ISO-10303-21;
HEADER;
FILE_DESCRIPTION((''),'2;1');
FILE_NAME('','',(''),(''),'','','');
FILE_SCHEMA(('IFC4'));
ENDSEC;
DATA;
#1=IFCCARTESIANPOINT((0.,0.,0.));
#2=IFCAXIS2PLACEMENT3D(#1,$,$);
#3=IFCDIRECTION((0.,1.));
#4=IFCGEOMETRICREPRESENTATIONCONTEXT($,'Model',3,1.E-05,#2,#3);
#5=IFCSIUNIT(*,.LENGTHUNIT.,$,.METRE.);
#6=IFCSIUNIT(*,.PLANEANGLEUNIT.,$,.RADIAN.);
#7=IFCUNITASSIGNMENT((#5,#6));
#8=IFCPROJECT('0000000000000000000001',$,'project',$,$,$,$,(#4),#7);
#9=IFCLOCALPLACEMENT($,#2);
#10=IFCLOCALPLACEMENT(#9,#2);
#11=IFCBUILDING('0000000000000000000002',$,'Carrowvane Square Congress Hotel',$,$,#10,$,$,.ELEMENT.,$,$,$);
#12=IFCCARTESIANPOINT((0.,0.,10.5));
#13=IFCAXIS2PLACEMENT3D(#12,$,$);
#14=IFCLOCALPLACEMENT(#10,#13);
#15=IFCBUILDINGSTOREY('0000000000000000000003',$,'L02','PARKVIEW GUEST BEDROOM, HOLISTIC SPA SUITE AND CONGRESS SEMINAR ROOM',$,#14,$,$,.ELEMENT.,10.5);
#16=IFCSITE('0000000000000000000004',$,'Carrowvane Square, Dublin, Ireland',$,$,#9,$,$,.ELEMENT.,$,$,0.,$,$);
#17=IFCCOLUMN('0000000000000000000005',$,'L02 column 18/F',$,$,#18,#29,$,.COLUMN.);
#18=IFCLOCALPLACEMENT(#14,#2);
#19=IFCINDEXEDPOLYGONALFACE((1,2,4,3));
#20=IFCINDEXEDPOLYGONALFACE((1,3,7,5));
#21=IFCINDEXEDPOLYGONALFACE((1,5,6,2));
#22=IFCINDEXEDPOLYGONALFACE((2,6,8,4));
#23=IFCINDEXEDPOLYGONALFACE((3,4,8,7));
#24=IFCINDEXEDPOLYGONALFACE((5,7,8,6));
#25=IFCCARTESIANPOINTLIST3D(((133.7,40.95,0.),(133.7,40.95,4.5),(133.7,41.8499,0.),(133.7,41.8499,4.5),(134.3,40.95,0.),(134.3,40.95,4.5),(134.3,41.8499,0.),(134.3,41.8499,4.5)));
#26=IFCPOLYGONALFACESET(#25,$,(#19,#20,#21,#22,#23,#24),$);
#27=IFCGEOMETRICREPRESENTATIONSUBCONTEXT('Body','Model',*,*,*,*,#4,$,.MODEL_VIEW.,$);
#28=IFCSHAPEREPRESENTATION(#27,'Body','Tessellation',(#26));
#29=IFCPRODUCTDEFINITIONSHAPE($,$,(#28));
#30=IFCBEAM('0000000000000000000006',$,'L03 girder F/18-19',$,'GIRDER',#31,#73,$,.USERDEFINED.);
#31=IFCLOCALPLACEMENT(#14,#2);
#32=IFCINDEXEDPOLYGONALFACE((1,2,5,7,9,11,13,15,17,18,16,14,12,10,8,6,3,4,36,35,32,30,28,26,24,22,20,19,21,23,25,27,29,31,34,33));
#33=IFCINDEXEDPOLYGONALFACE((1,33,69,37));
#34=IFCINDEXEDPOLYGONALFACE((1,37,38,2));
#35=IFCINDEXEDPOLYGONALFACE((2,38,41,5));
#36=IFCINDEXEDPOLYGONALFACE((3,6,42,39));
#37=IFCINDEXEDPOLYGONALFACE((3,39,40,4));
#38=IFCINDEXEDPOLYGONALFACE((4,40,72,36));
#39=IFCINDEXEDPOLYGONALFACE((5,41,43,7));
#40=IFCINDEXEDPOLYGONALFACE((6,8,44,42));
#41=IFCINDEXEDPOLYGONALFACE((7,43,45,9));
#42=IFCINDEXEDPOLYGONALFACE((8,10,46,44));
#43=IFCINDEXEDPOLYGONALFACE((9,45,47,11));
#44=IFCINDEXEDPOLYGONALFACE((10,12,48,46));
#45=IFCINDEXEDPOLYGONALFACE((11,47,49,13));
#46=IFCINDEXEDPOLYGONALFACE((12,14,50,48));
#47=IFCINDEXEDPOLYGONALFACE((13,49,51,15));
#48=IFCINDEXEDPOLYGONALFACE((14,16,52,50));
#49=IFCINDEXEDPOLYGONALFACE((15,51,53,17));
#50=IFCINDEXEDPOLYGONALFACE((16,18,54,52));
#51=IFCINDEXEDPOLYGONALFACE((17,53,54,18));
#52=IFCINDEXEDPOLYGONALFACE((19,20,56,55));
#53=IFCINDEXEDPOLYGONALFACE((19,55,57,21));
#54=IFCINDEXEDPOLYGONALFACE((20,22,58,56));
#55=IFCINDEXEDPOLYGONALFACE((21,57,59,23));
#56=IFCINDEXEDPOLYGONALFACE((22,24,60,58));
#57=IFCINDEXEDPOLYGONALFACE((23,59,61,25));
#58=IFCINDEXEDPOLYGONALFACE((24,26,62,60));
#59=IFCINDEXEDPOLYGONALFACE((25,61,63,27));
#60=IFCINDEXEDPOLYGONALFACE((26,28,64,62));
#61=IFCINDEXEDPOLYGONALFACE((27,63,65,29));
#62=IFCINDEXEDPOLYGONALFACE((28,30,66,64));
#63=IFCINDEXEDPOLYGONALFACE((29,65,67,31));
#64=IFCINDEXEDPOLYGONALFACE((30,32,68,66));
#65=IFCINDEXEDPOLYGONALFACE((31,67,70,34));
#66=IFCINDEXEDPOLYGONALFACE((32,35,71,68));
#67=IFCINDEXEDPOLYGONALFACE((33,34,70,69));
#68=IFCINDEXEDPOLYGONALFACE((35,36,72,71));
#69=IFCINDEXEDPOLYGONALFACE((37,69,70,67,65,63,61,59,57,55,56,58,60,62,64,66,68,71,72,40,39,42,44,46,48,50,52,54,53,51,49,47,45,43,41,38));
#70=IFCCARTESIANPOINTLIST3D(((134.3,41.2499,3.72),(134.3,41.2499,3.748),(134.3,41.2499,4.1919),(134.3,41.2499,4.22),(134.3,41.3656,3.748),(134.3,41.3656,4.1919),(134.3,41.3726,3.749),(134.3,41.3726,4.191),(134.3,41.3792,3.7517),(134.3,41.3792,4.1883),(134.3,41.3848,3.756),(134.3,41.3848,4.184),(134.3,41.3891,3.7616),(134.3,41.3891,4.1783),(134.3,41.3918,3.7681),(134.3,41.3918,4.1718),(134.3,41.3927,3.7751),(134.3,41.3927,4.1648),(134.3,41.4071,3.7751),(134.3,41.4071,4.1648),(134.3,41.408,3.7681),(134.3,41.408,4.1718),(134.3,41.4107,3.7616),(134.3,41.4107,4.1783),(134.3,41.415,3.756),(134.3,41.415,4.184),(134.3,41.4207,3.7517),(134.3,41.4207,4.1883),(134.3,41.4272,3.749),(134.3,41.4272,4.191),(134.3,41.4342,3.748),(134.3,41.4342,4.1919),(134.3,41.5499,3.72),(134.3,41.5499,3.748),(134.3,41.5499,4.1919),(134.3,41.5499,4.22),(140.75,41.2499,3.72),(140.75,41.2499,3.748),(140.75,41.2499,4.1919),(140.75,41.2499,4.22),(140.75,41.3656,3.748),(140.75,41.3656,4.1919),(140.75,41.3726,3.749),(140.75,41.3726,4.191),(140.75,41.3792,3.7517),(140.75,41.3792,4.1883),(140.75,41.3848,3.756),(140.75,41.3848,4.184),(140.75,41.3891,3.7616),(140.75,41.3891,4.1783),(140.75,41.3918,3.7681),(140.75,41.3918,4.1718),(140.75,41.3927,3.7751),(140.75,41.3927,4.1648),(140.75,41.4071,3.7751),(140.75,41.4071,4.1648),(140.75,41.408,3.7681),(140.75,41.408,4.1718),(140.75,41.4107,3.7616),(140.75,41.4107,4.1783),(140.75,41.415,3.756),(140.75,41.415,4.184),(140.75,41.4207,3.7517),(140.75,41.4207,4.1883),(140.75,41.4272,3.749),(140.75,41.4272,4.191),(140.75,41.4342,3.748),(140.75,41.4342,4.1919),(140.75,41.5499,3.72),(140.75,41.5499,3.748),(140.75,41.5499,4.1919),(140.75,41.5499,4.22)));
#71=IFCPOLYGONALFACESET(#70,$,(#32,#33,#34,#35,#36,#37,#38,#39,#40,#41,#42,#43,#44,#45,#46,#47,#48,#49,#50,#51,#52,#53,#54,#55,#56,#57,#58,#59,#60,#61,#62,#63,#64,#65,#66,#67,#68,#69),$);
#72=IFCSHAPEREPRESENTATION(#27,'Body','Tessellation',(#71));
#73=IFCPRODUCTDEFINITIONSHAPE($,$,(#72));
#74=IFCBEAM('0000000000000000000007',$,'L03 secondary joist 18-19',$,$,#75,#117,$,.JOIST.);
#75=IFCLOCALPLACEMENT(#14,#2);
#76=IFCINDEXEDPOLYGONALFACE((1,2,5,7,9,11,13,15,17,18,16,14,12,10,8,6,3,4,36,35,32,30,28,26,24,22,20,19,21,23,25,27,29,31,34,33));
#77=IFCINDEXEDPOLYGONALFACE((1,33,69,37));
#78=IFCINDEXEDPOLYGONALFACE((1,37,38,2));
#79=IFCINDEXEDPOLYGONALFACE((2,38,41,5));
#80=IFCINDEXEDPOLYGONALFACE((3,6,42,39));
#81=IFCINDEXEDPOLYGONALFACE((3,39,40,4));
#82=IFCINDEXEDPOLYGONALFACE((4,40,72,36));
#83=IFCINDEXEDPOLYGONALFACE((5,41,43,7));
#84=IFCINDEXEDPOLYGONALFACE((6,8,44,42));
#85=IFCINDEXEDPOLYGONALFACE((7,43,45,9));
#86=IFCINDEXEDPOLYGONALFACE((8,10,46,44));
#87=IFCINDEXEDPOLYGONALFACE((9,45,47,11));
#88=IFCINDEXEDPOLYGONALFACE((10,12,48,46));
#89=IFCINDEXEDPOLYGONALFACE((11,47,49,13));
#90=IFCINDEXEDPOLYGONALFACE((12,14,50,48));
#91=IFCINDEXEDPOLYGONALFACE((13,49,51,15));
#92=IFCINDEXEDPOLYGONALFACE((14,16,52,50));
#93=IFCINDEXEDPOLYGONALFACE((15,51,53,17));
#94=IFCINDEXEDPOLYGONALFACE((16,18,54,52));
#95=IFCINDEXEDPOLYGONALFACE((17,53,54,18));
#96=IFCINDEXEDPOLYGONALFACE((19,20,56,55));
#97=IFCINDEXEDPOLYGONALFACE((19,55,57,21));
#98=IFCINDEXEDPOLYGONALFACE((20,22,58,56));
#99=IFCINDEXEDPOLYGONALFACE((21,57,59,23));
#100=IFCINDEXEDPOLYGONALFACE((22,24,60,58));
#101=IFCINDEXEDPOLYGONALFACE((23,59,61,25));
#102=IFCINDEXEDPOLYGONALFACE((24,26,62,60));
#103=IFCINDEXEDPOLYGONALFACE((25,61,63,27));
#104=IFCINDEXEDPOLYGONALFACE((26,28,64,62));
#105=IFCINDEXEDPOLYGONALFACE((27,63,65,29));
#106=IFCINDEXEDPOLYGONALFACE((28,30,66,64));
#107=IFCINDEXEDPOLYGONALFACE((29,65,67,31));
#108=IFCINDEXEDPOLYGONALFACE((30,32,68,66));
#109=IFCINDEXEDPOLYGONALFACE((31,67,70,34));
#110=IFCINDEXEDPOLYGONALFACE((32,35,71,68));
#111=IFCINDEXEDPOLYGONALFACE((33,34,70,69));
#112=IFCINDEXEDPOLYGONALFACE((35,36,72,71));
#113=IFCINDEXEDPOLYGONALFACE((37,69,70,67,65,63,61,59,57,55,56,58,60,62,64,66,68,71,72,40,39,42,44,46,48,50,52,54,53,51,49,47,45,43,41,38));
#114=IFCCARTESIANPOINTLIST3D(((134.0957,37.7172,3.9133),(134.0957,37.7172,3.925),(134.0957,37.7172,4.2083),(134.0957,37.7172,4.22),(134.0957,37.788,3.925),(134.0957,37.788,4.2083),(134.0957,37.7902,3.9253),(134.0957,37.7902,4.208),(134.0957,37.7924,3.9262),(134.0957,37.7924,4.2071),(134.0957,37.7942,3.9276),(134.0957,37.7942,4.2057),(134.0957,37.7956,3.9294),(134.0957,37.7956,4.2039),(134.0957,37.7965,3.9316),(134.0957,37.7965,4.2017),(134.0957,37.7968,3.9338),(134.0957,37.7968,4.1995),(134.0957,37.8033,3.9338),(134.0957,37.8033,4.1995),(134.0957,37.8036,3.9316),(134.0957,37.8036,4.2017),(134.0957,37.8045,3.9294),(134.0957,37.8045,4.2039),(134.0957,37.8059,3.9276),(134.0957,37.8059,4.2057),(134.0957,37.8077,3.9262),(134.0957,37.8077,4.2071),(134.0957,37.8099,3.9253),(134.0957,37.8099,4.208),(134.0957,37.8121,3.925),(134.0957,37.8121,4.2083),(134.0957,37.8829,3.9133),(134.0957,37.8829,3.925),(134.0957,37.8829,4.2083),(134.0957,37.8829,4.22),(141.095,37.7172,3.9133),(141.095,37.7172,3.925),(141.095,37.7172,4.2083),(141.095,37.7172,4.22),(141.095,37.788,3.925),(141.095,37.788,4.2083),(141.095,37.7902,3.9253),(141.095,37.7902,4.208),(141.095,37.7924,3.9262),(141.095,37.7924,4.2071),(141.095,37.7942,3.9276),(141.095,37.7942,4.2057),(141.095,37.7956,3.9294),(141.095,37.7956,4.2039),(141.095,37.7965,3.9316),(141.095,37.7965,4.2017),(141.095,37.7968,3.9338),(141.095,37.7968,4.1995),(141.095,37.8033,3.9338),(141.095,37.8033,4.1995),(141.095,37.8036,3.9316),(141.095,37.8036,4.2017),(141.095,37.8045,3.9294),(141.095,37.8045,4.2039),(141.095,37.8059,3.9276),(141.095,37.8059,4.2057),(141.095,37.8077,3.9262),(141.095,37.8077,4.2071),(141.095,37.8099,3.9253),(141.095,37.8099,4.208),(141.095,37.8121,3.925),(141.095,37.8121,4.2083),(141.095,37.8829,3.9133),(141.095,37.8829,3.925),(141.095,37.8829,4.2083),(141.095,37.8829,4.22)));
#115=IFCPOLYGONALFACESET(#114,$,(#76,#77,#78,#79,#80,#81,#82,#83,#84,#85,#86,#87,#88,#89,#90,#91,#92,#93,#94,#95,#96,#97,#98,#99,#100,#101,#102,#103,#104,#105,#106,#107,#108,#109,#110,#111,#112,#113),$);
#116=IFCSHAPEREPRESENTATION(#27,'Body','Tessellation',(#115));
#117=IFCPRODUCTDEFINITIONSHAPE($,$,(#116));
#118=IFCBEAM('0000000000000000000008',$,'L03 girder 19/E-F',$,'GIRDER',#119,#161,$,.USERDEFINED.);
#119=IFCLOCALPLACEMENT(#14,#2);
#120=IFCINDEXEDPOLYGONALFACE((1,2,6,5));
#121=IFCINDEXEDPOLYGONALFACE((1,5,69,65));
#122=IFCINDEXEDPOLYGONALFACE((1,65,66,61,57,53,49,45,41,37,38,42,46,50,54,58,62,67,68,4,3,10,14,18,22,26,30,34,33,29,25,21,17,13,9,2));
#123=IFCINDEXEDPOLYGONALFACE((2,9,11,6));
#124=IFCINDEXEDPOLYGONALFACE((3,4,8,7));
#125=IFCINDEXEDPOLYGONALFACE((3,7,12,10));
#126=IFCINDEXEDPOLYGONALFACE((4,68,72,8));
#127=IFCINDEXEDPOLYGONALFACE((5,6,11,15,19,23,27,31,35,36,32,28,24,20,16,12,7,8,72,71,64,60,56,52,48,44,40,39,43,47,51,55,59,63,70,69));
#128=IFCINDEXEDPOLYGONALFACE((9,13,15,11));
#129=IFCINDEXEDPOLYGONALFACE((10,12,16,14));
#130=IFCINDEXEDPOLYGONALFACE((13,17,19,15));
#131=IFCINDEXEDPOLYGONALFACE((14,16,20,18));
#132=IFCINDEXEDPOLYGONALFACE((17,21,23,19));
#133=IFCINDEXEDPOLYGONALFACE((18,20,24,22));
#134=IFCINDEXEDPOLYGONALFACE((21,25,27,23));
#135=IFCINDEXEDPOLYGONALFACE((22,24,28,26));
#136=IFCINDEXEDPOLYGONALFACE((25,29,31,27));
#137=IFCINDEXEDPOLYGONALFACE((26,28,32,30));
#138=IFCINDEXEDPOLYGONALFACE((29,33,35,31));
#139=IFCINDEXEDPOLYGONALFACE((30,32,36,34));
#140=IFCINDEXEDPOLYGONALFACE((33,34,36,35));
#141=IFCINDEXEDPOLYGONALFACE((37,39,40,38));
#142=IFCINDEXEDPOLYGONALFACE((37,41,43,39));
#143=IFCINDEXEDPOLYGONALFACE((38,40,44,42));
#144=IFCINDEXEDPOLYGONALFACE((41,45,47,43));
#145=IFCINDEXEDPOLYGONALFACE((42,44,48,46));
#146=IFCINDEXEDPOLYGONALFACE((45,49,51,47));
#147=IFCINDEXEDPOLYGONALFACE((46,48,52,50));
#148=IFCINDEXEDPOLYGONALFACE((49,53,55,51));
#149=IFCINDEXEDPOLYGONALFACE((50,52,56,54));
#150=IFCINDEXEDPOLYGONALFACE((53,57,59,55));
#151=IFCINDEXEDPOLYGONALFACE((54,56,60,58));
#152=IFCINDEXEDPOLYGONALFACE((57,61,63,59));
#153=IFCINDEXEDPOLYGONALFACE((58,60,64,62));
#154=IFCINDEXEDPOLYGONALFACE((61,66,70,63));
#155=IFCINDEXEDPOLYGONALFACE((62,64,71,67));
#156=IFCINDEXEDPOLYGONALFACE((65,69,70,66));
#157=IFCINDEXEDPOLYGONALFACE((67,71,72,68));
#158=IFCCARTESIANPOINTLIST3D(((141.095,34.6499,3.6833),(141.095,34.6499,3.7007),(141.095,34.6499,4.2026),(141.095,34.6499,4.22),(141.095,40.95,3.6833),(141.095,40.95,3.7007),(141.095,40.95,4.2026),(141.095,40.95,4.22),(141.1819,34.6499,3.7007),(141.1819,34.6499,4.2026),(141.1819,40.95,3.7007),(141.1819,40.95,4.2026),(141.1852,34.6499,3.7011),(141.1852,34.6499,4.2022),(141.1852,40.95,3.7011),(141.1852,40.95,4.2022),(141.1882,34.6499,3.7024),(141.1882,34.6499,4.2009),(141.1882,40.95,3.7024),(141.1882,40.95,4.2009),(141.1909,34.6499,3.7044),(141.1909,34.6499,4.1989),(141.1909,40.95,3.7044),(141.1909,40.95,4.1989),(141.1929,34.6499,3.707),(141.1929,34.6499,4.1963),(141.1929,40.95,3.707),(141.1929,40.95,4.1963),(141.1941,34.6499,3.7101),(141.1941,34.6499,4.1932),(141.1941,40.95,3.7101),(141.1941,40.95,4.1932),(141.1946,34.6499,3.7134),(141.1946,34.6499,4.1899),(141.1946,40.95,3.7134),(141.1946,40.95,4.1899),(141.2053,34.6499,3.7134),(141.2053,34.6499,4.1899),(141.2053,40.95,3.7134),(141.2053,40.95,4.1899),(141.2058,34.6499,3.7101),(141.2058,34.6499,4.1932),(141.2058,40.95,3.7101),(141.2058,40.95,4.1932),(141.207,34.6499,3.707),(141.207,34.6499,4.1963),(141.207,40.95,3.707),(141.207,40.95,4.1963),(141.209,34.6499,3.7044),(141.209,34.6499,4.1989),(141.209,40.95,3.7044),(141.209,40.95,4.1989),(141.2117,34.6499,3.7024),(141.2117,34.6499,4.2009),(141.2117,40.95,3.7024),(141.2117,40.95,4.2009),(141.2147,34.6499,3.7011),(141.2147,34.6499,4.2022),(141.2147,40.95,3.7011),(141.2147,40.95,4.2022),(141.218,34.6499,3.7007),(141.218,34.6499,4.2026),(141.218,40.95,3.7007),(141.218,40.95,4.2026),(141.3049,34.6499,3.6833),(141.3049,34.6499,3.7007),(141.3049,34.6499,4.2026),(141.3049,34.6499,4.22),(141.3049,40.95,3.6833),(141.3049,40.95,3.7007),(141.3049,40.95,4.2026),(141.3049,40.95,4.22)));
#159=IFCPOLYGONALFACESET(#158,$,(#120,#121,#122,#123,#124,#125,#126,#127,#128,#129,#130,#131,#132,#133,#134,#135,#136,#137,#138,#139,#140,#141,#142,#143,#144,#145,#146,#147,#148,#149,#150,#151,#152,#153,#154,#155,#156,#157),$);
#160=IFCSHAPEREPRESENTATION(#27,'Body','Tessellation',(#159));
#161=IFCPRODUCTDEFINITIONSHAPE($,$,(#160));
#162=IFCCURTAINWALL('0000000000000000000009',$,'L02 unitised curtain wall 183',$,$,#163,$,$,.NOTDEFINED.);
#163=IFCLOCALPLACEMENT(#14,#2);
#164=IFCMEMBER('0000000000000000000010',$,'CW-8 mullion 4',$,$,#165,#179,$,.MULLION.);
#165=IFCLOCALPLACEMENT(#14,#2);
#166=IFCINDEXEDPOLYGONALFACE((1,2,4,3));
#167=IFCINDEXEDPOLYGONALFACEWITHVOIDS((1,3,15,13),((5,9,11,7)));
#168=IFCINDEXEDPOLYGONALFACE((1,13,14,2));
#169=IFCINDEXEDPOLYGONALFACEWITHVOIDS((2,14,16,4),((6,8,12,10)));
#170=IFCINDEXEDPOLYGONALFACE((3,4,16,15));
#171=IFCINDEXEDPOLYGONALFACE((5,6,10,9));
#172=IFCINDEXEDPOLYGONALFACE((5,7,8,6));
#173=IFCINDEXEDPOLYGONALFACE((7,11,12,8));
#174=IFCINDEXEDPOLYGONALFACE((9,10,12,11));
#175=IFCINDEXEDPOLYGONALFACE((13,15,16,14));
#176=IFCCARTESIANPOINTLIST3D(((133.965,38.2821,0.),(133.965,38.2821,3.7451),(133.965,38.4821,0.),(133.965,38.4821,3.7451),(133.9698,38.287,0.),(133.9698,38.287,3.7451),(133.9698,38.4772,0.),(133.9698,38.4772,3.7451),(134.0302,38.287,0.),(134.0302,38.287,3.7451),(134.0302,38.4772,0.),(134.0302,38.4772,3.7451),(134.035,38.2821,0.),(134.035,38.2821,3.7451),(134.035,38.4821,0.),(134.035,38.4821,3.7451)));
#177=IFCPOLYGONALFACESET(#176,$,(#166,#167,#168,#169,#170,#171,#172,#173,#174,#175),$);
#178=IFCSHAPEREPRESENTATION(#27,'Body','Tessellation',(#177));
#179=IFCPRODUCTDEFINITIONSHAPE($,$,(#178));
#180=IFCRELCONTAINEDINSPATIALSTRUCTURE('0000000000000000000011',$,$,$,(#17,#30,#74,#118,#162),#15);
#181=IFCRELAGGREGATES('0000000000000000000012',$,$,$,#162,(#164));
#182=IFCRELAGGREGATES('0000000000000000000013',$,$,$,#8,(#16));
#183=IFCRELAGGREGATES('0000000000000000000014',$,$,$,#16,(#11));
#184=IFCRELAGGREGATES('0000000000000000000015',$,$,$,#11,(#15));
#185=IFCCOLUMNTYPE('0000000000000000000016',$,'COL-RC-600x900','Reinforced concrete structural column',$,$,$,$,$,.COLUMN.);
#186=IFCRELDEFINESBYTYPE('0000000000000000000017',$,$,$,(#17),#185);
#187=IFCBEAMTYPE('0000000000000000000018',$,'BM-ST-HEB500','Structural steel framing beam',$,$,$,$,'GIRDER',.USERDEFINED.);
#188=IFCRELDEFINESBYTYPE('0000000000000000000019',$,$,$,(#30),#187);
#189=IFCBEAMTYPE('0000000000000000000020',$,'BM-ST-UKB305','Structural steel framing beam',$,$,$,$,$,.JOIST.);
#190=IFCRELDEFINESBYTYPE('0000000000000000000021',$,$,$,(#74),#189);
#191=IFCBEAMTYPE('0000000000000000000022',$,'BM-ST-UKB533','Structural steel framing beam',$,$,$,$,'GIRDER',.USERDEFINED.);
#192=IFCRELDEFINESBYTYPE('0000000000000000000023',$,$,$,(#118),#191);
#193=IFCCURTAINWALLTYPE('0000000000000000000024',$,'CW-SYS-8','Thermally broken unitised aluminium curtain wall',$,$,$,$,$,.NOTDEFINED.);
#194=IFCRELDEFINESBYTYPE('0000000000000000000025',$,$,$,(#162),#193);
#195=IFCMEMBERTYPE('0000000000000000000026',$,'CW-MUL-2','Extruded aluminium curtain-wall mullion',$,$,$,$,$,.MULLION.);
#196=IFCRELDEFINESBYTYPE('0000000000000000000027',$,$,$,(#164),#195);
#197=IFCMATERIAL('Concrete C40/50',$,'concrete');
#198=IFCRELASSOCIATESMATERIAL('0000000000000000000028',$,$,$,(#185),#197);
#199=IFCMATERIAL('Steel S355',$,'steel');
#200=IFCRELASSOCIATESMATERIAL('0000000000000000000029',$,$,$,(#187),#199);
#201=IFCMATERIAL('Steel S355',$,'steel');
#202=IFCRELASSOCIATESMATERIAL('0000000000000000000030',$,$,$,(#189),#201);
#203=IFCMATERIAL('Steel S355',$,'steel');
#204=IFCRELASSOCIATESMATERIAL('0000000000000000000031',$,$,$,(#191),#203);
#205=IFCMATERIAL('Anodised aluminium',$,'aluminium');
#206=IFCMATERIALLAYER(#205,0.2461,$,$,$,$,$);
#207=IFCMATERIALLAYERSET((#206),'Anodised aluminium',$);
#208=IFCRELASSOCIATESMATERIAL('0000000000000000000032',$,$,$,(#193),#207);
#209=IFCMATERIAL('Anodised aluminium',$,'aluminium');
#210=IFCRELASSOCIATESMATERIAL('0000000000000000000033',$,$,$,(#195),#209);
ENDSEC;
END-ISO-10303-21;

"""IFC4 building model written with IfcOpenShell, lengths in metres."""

from ifc_helpers import new_model, si_unit, direction, frame, origin, origin_2d, place, context, subcontext, project, spatial, rectangle, hollow_rectangle, i_section, extrude, material, layer, layer_set, material_profile, profile_set, type_object, element, aggregate, save


model = new_model("IFC4")

# Units and contexts
model_context = context("Model", 3, precision=1e-05, world=origin(), true_north=direction((0.0, 1.0)))
body_context = subcontext(model_context, "Body", "Model", "MODEL_VIEW")
ifc_project = project(units=[si_unit("LENGTHUNIT", "METRE"), si_unit("PLANEANGLEUNIT", "RADIAN")], contexts=[model_context])

# Site, building, storey
site_placement = place(None, origin())
site = spatial("IfcSite", under=ifc_project, at=site_placement, Name="Carrowvane Square, Dublin, Ireland", CompositionType="ELEMENT", RefElevation=0.0)
building_placement = place(site_placement, origin())
building = spatial("IfcBuilding", under=site, at=building_placement, Name="Carrowvane Square Congress Hotel", CompositionType="ELEMENT")
storey_placement = place(building_placement, frame((0.0, 0.0, 10.5)))
storey = spatial("IfcBuildingStorey", under=building, at=storey_placement, Name="L02", Description="PARKVIEW GUEST BEDROOM, HOLISTIC SPA SUITE AND CONGRESS SEMINAR ROOM", CompositionType="ELEMENT", Elevation=10.5)

# Column
ifc_material_1 = material(Name="Concrete C40/50", Category="concrete")
ifc_material_profile_1 = material_profile(ifc_material_1, rectangle(XDim=0.6001, YDim=0.8999, at=origin_2d()), Name="RC 600x900")
ifc_profile_set_1 = profile_set([ifc_material_profile_1], Name="Concrete C40/50")
column_type = type_object("IfcColumnType", Name="COL-RC-600x900", Description="Reinforced concrete structural column", PredefinedType="COLUMN", material=ifc_profile_set_1)
column_placement = place(storey_placement, frame((134.0, 41.3999, 0.0), z_axis=(0.0, 0.0, 1.0), x_axis=(1.0, 0.0, 0.0)))
element("IfcColumn", 1, at=column_placement, inside=storey, type_object=column_type, Name="L02 column 18/F", PredefinedType="COLUMN", context=body_context, shape_type="SweptSolid", body=[
    extrude(rectangle(XDim=0.6001, YDim=0.8999, at=origin_2d()), origin(), (0.0, 0.0, 1.0), 4.5),
])

# Beams
ifc_material_2 = material(Name="Steel S355", Category="steel")
ifc_material_profile_2 = material_profile(ifc_material_2, i_section(OverallWidth=0.3, OverallDepth=0.5, WebThickness=0.0144, FlangeThickness=0.0281, FilletRadius=0.0271, at=origin_2d()), Name="HEB 500")
ifc_profile_set_2 = profile_set([ifc_material_profile_2], Name="Steel S355")
beam_type_1 = type_object("IfcBeamType", Name="BM-ST-HEB500", Description="Structural steel framing beam", ElementType="GIRDER", PredefinedType="USERDEFINED", material=ifc_profile_set_2)
beam_1_placement = place(storey_placement, frame((134.3, 41.3999, 3.97), z_axis=(1.0, 0.0, 0.0), x_axis=(0.0, 1.0, 0.0)))
element("IfcBeam", 2, at=beam_1_placement, inside=storey, type_object=beam_type_1, Name="L03 girder F/18-19", ObjectType="GIRDER", PredefinedType="USERDEFINED", context=body_context, shape_type="SweptSolid", body=[
    extrude(i_section(OverallWidth=0.3, OverallDepth=0.5, WebThickness=0.0144, FlangeThickness=0.0281, FilletRadius=0.0271, at=origin_2d()), origin(), (0.0, 0.0, 1.0), 6.45),
])
ifc_material_3 = material(Name="Steel S355", Category="steel")
ifc_material_profile_3 = material_profile(ifc_material_3, i_section(OverallWidth=0.1658, OverallDepth=0.3066, WebThickness=0.0066, FlangeThickness=0.0117, FilletRadius=0.0088, at=origin_2d()), Name="UKB 305x165x46")
ifc_profile_set_3 = profile_set([ifc_material_profile_3], Name="Steel S355")
beam_type_2 = type_object("IfcBeamType", Name="BM-ST-UKB305", Description="Structural steel framing beam", PredefinedType="JOIST", material=ifc_profile_set_3)
beam_2_placement = place(storey_placement, frame((134.0957, 37.8, 4.0667), z_axis=(1.0, 0.0, 0.0), x_axis=(0.0, 1.0, 0.0)))
element("IfcBeam", 3, at=beam_2_placement, inside=storey, type_object=beam_type_2, Name="L03 secondary joist 18-19", PredefinedType="JOIST", context=body_context, shape_type="SweptSolid", body=[
    extrude(i_section(OverallWidth=0.1658, OverallDepth=0.3066, WebThickness=0.0066, FlangeThickness=0.0117, FilletRadius=0.0088, at=origin_2d()), origin(), (0.0, 0.0, 1.0), 6.9993),
])
ifc_material_4 = material(Name="Steel S355", Category="steel")
ifc_material_profile_4 = material_profile(ifc_material_4, i_section(OverallWidth=0.21, OverallDepth=0.5366, WebThickness=0.0107, FlangeThickness=0.0173, FilletRadius=0.0127, at=origin_2d()), Name="UKB 533x210x101")
ifc_profile_set_4 = profile_set([ifc_material_profile_4], Name="Steel S355")
beam_type_3 = type_object("IfcBeamType", Name="BM-ST-UKB533", Description="Structural steel framing beam", ElementType="GIRDER", PredefinedType="USERDEFINED", material=ifc_profile_set_4)
beam_3_placement = place(storey_placement, frame((141.2, 34.6499, 3.9517), z_axis=(0.0, 1.0, 0.0), x_axis=(-1.0, 0.0, 0.0)))
element("IfcBeam", 4, at=beam_3_placement, inside=storey, type_object=beam_type_3, Name="L03 girder 19/E-F", ObjectType="GIRDER", PredefinedType="USERDEFINED", context=body_context, shape_type="SweptSolid", body=[
    extrude(i_section(OverallWidth=0.21, OverallDepth=0.5366, WebThickness=0.0107, FlangeThickness=0.0173, FilletRadius=0.0127, at=origin_2d()), origin(), (0.0, 0.0, 1.0), 6.3),
])

# Curtain wall, member
ifc_material_5 = material(Name="Anodised aluminium", Category="aluminium")
ifc_layer_1 = layer(ifc_material_5, 0.2461)
ifc_layer_set_1 = layer_set([ifc_layer_1], Name="Anodised aluminium")
curtain_wall_type = type_object("IfcCurtainWallType", Name="CW-SYS-8", Description="Thermally broken unitised aluminium curtain wall", PredefinedType="NOTDEFINED", material=ifc_layer_set_1)
curtain_wall_placement = place(storey_placement, origin())
curtain_wall = element("IfcCurtainWall", 5, at=curtain_wall_placement, inside=storey, type_object=curtain_wall_type, Name="L02 unitised curtain wall 183", PredefinedType="NOTDEFINED")
ifc_material_6 = material(Name="Anodised aluminium", Category="aluminium")
ifc_material_profile_5 = material_profile(ifc_material_6, hollow_rectangle(XDim=0.0701, YDim=0.2, WallThickness=0.0049, at=origin_2d()), Name="CW-ML 70x200x5")
ifc_profile_set_5 = profile_set([ifc_material_profile_5], Name="Anodised aluminium")
member_type_1 = type_object("IfcMemberType", Name="CW-MUL-2", Description="Extruded aluminium curtain-wall mullion", PredefinedType="MULLION", material=ifc_profile_set_5)
member_1_placement = place(storey_placement, frame((134.0, 38.3821, 0.0), z_axis=(0.0, 0.0, 1.0), x_axis=(-1.0, 0.0, 0.0)))
member_1 = element("IfcMember", 6, at=member_1_placement, type_object=member_type_1, Name="CW-8 mullion 4", PredefinedType="MULLION", context=body_context, shape_type="SweptSolid", body=[
    extrude(hollow_rectangle(XDim=0.0701, YDim=0.2, WallThickness=0.0049, at=origin_2d()), origin(), (0.0, 0.0, 1.0), 3.7451),
])
aggregate(curtain_wall, [member_1])

save(model, "model.ifc")
